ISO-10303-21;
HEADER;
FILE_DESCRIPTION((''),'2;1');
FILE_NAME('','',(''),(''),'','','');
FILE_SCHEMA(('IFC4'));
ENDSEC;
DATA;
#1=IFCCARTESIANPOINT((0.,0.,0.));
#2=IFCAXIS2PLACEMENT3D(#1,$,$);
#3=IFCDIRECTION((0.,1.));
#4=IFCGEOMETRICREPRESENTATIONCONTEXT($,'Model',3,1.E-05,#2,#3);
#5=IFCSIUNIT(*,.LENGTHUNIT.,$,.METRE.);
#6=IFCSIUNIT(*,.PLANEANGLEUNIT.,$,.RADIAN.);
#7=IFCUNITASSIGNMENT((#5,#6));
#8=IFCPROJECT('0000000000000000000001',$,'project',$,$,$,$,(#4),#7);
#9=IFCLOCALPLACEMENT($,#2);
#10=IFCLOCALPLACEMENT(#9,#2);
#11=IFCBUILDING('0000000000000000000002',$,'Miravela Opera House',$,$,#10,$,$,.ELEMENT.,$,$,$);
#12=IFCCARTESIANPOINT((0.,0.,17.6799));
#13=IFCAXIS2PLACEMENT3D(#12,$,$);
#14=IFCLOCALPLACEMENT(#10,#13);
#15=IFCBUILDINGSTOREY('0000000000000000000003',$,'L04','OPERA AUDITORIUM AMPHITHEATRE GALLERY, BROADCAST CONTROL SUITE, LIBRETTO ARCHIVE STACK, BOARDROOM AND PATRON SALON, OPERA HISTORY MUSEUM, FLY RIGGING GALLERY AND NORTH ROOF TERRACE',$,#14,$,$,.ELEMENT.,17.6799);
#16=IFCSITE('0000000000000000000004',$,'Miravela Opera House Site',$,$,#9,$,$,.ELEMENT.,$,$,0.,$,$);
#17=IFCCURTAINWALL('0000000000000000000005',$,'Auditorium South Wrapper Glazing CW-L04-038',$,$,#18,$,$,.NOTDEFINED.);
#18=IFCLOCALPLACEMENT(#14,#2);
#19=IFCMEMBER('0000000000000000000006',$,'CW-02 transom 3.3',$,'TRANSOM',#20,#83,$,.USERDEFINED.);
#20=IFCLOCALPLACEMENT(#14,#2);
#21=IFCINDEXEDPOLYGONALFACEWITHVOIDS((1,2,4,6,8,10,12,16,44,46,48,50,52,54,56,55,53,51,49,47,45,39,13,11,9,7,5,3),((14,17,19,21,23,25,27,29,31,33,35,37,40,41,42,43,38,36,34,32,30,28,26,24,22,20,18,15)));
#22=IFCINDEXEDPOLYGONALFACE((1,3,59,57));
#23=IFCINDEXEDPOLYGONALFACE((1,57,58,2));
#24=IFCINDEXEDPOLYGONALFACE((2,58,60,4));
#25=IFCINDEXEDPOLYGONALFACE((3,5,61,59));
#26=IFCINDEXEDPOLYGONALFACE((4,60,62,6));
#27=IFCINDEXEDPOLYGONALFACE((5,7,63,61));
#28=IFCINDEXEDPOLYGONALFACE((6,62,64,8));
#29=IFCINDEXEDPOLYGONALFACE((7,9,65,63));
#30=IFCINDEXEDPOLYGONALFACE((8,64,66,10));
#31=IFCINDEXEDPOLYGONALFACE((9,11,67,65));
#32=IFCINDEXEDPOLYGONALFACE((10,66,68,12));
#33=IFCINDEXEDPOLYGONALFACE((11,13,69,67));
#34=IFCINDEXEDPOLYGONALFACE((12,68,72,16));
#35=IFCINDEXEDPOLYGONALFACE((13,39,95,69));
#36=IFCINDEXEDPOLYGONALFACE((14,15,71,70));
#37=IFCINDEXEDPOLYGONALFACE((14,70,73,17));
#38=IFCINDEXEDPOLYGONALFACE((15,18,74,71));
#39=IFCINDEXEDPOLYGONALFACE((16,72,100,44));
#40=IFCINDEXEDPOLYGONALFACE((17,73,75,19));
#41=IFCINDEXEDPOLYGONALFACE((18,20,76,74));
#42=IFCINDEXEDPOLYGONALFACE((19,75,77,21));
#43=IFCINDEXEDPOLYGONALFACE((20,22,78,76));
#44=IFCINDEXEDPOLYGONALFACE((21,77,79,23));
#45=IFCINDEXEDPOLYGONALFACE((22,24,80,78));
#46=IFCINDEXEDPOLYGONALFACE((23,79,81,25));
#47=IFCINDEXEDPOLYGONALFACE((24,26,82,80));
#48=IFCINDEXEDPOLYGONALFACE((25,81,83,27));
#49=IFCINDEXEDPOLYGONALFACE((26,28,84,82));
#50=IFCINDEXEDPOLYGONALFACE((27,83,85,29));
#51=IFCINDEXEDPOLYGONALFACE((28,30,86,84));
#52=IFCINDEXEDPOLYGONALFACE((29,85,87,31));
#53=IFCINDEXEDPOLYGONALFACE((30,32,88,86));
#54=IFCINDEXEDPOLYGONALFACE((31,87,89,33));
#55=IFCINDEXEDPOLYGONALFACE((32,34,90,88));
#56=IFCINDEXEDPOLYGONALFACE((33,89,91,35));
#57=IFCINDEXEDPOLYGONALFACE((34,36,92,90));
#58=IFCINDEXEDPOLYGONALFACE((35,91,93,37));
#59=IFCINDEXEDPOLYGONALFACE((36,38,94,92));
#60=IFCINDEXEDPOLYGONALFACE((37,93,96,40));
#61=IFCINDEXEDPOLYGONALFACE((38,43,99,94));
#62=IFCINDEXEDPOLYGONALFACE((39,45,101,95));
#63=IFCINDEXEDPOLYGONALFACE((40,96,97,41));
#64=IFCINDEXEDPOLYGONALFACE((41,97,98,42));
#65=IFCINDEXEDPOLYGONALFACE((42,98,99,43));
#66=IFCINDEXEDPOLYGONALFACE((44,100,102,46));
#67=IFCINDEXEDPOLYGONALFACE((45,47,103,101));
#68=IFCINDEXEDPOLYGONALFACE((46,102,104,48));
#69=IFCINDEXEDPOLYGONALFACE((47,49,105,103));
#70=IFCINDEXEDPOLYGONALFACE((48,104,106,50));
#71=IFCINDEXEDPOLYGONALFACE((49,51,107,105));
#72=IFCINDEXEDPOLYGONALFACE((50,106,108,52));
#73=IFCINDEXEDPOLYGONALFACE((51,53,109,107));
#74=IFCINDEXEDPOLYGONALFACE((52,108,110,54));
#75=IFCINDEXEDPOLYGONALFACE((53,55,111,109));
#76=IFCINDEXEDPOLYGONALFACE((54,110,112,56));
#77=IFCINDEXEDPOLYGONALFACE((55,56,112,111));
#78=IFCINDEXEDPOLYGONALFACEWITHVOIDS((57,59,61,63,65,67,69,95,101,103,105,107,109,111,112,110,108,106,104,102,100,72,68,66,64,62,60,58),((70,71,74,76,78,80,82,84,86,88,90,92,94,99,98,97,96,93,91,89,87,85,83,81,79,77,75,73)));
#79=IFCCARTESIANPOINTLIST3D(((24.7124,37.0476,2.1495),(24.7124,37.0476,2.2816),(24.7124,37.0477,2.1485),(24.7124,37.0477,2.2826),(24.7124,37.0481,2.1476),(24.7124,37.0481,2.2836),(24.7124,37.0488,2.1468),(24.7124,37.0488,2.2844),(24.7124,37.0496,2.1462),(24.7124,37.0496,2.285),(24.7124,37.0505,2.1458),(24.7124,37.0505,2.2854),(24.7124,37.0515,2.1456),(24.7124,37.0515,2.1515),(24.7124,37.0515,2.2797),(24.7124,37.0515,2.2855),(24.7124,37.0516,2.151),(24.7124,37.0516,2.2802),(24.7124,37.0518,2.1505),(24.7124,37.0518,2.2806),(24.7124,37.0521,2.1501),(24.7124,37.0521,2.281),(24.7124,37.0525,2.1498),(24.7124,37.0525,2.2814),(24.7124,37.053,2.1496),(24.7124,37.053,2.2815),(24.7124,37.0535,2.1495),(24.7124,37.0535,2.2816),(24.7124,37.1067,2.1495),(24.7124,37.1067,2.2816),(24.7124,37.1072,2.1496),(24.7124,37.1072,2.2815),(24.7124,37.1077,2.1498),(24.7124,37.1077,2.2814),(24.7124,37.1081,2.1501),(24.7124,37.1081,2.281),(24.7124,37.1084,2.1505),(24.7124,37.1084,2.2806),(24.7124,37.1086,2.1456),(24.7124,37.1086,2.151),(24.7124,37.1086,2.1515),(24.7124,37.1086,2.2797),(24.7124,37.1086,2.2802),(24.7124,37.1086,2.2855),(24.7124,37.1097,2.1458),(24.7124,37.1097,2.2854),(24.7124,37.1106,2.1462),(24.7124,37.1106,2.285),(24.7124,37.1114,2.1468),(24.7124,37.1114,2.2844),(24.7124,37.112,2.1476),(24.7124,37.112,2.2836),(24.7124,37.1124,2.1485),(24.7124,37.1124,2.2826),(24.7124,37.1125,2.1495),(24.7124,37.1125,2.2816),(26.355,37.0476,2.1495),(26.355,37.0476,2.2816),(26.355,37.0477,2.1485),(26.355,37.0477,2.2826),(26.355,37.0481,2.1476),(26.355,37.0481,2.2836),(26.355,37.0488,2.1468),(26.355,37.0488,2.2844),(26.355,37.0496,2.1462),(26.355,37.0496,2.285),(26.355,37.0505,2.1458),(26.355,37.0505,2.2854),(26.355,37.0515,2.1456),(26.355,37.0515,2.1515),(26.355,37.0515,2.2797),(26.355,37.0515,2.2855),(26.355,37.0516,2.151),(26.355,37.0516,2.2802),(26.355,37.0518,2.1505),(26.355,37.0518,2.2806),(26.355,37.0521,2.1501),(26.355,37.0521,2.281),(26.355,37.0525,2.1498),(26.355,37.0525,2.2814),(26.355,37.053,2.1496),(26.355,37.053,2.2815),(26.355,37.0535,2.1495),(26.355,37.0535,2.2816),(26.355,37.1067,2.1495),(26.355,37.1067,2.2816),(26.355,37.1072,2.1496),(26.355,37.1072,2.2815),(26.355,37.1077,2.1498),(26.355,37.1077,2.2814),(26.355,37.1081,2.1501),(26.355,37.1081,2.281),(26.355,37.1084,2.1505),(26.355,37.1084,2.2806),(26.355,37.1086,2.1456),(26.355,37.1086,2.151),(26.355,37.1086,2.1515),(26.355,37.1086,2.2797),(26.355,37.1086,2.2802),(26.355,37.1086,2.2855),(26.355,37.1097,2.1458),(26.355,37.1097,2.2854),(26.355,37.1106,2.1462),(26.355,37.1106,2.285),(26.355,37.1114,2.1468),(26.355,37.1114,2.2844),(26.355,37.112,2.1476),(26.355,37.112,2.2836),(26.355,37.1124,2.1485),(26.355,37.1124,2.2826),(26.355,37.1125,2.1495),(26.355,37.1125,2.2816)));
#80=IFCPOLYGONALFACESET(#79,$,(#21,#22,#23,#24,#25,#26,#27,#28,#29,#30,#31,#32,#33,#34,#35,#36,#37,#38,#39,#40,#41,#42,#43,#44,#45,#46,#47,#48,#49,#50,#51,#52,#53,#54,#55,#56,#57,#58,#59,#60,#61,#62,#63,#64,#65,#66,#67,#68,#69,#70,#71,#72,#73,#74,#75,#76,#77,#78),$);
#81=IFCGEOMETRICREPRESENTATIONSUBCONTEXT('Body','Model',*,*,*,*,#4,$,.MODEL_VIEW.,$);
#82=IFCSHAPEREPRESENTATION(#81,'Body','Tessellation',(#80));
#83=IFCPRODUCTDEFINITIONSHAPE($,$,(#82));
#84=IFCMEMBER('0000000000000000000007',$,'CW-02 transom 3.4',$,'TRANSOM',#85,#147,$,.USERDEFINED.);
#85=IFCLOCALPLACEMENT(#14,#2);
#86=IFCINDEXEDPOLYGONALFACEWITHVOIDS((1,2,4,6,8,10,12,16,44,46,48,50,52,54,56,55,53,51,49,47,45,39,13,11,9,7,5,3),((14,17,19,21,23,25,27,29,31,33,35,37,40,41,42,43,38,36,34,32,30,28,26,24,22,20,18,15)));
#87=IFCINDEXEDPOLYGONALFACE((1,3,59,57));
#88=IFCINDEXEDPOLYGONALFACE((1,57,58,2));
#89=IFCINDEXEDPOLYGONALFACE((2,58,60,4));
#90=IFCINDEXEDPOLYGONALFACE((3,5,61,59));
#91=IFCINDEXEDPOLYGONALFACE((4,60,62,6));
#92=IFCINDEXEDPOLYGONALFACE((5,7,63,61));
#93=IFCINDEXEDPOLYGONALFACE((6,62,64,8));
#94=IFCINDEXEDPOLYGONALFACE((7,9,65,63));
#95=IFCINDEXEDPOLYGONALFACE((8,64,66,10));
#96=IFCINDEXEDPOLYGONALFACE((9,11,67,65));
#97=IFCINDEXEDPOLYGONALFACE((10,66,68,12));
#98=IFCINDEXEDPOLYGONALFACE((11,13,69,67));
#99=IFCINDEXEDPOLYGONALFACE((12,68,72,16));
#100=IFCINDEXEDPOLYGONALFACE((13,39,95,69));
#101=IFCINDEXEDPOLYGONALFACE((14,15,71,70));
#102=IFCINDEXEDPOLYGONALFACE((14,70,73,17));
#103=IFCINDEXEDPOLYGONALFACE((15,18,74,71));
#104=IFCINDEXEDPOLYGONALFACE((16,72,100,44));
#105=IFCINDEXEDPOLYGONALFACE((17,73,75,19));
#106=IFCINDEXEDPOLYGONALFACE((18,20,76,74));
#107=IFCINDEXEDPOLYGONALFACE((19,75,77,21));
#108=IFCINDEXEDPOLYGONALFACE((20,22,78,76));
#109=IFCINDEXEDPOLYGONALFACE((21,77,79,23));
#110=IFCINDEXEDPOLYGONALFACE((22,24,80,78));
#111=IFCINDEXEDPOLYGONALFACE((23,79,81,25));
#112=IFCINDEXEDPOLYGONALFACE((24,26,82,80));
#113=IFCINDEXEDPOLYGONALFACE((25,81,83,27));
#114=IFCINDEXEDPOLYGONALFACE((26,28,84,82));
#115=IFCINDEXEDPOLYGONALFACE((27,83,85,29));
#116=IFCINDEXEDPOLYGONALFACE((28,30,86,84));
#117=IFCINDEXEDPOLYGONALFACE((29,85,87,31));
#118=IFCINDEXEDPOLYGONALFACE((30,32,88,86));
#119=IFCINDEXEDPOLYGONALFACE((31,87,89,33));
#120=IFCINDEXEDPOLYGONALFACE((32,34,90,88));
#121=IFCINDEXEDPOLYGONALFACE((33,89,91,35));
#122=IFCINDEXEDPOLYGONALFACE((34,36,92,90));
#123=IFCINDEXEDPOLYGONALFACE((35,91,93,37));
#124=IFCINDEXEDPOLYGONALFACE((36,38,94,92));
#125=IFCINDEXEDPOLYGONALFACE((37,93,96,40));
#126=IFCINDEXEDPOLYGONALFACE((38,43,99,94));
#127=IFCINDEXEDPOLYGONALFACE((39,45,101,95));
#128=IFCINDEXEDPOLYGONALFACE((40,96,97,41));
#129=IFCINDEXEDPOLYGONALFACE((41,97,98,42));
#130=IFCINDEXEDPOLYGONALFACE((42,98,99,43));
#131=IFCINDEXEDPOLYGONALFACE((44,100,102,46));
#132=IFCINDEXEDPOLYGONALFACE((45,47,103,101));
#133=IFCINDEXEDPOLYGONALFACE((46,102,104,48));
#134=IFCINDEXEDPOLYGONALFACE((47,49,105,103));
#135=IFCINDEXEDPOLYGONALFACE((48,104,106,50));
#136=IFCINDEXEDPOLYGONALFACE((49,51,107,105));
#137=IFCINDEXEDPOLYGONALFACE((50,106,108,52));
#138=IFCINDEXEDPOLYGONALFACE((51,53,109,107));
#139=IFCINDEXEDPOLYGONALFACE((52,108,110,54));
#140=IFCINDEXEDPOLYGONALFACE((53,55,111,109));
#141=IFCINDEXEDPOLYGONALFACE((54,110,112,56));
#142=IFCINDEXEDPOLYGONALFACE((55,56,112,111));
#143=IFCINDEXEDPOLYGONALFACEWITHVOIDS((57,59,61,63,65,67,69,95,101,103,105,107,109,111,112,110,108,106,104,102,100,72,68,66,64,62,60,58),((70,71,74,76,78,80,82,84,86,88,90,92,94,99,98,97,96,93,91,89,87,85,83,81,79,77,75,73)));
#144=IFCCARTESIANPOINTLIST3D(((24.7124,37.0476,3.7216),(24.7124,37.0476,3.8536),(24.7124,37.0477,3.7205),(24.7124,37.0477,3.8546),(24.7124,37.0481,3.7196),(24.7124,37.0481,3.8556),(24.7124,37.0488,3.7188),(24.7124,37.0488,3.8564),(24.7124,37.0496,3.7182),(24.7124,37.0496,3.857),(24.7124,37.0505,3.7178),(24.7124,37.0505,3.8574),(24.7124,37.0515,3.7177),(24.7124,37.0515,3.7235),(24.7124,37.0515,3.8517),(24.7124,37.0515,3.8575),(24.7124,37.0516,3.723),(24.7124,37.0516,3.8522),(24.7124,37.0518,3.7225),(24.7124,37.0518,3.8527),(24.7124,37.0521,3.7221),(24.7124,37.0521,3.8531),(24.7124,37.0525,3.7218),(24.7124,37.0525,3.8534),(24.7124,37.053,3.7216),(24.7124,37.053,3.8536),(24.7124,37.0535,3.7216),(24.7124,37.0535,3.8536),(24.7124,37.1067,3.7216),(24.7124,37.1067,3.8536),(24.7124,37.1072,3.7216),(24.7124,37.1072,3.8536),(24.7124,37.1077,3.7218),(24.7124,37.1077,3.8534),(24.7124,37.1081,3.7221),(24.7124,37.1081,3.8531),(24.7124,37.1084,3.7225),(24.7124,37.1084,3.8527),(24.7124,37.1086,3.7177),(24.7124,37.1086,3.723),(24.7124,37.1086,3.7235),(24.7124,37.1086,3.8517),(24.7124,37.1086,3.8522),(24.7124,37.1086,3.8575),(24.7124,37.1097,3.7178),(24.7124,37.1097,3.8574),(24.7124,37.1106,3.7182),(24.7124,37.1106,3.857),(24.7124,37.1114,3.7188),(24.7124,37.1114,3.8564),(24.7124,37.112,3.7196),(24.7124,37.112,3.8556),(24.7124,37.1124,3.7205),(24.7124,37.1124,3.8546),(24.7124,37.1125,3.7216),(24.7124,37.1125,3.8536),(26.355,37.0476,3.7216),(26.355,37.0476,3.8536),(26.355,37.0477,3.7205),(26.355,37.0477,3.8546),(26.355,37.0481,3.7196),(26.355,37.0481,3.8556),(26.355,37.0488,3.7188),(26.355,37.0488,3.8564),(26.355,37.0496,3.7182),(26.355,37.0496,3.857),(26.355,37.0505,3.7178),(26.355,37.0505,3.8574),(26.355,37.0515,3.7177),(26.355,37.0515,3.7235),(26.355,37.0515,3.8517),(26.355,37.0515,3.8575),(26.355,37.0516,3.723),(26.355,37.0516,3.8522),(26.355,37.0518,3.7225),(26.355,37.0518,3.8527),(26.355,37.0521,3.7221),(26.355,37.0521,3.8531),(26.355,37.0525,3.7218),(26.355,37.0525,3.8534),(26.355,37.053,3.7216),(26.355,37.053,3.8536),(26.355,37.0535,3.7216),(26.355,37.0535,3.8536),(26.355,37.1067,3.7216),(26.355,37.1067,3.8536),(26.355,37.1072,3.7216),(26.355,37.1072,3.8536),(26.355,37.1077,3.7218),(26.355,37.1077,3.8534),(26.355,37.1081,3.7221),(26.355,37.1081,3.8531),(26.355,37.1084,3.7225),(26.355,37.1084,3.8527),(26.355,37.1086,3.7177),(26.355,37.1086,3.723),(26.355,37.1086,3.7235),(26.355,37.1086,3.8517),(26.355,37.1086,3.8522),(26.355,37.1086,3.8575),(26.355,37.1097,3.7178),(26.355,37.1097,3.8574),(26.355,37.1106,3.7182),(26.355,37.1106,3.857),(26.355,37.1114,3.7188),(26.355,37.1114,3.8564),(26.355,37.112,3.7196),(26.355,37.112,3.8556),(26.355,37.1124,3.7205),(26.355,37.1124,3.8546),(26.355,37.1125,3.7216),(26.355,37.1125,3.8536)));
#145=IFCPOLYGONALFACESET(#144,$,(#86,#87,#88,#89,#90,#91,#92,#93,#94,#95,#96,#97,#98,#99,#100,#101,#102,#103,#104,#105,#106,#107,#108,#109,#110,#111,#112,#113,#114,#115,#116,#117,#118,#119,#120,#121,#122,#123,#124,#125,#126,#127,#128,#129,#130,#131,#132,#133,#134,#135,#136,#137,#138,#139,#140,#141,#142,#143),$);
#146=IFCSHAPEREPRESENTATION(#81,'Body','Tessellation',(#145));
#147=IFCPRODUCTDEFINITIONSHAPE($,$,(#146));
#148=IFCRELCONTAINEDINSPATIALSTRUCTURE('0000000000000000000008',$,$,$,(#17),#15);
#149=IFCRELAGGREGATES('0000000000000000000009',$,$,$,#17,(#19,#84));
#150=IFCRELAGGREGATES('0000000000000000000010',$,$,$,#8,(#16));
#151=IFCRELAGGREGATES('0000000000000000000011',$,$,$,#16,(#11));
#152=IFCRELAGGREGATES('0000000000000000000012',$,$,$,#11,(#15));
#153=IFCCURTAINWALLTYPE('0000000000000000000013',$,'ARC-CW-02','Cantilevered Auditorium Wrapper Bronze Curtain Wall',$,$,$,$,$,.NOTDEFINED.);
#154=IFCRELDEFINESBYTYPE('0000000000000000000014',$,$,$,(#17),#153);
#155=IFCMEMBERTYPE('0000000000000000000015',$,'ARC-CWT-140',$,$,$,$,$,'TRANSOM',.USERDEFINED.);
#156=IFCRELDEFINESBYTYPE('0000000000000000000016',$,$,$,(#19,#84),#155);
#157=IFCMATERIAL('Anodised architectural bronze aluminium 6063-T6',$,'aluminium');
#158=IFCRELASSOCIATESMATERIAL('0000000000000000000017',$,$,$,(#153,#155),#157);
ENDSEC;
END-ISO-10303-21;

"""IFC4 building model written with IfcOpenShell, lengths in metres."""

from ifc_helpers import new_model, si_unit, direction, frame, origin, origin_2d, place, context, subcontext, project, spatial, hollow_rectangle, extrude, material, material_profile, profile_set, type_object, element, aggregate, save


model = new_model("IFC4")

# Units and contexts
model_context = context("Model", 3, precision=1e-05, world=origin(), true_north=direction((0.0, 1.0)))
body_context = subcontext(model_context, "Body", "Model", "MODEL_VIEW")
ifc_project = project(units=[si_unit("LENGTHUNIT", "METRE"), si_unit("PLANEANGLEUNIT", "RADIAN")], contexts=[model_context])

# Site, building, storey
site_placement = place(None, origin())
site = spatial("IfcSite", under=ifc_project, at=site_placement, Name="Miravela Opera House Site", CompositionType="ELEMENT", RefElevation=0.0)
building_placement = place(site_placement, origin())
building = spatial("IfcBuilding", under=site, at=building_placement, Name="Miravela Opera House", CompositionType="ELEMENT")
storey_placement = place(building_placement, frame((0.0, 0.0, 17.6799)))
storey = spatial("IfcBuildingStorey", under=building, at=storey_placement, Name="L04", Description="OPERA AUDITORIUM AMPHITHEATRE GALLERY, BROADCAST CONTROL SUITE, LIBRETTO ARCHIVE STACK, BOARDROOM AND PATRON SALON, OPERA HISTORY MUSEUM, FLY RIGGING GALLERY AND NORTH ROOF TERRACE", CompositionType="ELEMENT", Elevation=17.6799)

# Curtain wall
ifc_material_1 = material(Name="Anodised architectural bronze aluminium 6063-T6", Category="aluminium")
curtain_wall_type = type_object("IfcCurtainWallType", Name="ARC-CW-02", Description="Cantilevered Auditorium Wrapper Bronze Curtain Wall", PredefinedType="NOTDEFINED", material=ifc_material_1)
curtain_wall_1_placement = place(storey_placement, origin())
curtain_wall_1 = element("IfcCurtainWall", 1, at=curtain_wall_1_placement, inside=storey, type_object=curtain_wall_type, Name="Auditorium South Wrapper Glazing CW-L04-038", PredefinedType="NOTDEFINED")

# Members
ifc_material_profile_1 = material_profile(ifc_material_1, hollow_rectangle(XDim=0.0649, YDim=0.1399, WallThickness=0.0039, InnerFilletRadius=0.002, OuterFilletRadius=0.0039, at=origin_2d()), Name="CWT-65X140")
ifc_profile_set_1 = profile_set([ifc_material_profile_1])
member_type_1 = type_object("IfcMemberType", Name="ARC-CWT-140", ElementType="TRANSOM", PredefinedType="USERDEFINED", material=ifc_profile_set_1)
member_1_placement = place(storey_placement, frame((24.7124, 37.0801, 2.2156), z_axis=(1.0, 0.0, 0.0), x_axis=(0.0, 1.0, 0.0)))
member_1 = element("IfcMember", 2, at=member_1_placement, type_object=member_type_1, Name="CW-02 transom 3.3", ObjectType="TRANSOM", PredefinedType="USERDEFINED", context=body_context, shape_type="SweptSolid", body=[
    extrude(hollow_rectangle(XDim=0.0649, YDim=0.1399, WallThickness=0.0039, InnerFilletRadius=0.002, OuterFilletRadius=0.0039, at=origin_2d()), origin(), (0.0, 0.0, 1.0), 1.6426),
])
member_2_placement = place(storey_placement, frame((24.7124, 37.0801, 3.7876), z_axis=(1.0, 0.0, 0.0), x_axis=(0.0, 1.0, 0.0)))
member_2 = element("IfcMember", 3, at=member_2_placement, type_object=member_type_1, Name="CW-02 transom 3.4", ObjectType="TRANSOM", PredefinedType="USERDEFINED", context=body_context, shape_type="SweptSolid", body=[
    extrude(hollow_rectangle(XDim=0.0649, YDim=0.1399, WallThickness=0.0039, InnerFilletRadius=0.002, OuterFilletRadius=0.0039, at=origin_2d()), origin(), (0.0, 0.0, 1.0), 1.6426),
])

aggregate(curtain_wall_1, [member_1, member_2])

save(model, "model.ifc")
